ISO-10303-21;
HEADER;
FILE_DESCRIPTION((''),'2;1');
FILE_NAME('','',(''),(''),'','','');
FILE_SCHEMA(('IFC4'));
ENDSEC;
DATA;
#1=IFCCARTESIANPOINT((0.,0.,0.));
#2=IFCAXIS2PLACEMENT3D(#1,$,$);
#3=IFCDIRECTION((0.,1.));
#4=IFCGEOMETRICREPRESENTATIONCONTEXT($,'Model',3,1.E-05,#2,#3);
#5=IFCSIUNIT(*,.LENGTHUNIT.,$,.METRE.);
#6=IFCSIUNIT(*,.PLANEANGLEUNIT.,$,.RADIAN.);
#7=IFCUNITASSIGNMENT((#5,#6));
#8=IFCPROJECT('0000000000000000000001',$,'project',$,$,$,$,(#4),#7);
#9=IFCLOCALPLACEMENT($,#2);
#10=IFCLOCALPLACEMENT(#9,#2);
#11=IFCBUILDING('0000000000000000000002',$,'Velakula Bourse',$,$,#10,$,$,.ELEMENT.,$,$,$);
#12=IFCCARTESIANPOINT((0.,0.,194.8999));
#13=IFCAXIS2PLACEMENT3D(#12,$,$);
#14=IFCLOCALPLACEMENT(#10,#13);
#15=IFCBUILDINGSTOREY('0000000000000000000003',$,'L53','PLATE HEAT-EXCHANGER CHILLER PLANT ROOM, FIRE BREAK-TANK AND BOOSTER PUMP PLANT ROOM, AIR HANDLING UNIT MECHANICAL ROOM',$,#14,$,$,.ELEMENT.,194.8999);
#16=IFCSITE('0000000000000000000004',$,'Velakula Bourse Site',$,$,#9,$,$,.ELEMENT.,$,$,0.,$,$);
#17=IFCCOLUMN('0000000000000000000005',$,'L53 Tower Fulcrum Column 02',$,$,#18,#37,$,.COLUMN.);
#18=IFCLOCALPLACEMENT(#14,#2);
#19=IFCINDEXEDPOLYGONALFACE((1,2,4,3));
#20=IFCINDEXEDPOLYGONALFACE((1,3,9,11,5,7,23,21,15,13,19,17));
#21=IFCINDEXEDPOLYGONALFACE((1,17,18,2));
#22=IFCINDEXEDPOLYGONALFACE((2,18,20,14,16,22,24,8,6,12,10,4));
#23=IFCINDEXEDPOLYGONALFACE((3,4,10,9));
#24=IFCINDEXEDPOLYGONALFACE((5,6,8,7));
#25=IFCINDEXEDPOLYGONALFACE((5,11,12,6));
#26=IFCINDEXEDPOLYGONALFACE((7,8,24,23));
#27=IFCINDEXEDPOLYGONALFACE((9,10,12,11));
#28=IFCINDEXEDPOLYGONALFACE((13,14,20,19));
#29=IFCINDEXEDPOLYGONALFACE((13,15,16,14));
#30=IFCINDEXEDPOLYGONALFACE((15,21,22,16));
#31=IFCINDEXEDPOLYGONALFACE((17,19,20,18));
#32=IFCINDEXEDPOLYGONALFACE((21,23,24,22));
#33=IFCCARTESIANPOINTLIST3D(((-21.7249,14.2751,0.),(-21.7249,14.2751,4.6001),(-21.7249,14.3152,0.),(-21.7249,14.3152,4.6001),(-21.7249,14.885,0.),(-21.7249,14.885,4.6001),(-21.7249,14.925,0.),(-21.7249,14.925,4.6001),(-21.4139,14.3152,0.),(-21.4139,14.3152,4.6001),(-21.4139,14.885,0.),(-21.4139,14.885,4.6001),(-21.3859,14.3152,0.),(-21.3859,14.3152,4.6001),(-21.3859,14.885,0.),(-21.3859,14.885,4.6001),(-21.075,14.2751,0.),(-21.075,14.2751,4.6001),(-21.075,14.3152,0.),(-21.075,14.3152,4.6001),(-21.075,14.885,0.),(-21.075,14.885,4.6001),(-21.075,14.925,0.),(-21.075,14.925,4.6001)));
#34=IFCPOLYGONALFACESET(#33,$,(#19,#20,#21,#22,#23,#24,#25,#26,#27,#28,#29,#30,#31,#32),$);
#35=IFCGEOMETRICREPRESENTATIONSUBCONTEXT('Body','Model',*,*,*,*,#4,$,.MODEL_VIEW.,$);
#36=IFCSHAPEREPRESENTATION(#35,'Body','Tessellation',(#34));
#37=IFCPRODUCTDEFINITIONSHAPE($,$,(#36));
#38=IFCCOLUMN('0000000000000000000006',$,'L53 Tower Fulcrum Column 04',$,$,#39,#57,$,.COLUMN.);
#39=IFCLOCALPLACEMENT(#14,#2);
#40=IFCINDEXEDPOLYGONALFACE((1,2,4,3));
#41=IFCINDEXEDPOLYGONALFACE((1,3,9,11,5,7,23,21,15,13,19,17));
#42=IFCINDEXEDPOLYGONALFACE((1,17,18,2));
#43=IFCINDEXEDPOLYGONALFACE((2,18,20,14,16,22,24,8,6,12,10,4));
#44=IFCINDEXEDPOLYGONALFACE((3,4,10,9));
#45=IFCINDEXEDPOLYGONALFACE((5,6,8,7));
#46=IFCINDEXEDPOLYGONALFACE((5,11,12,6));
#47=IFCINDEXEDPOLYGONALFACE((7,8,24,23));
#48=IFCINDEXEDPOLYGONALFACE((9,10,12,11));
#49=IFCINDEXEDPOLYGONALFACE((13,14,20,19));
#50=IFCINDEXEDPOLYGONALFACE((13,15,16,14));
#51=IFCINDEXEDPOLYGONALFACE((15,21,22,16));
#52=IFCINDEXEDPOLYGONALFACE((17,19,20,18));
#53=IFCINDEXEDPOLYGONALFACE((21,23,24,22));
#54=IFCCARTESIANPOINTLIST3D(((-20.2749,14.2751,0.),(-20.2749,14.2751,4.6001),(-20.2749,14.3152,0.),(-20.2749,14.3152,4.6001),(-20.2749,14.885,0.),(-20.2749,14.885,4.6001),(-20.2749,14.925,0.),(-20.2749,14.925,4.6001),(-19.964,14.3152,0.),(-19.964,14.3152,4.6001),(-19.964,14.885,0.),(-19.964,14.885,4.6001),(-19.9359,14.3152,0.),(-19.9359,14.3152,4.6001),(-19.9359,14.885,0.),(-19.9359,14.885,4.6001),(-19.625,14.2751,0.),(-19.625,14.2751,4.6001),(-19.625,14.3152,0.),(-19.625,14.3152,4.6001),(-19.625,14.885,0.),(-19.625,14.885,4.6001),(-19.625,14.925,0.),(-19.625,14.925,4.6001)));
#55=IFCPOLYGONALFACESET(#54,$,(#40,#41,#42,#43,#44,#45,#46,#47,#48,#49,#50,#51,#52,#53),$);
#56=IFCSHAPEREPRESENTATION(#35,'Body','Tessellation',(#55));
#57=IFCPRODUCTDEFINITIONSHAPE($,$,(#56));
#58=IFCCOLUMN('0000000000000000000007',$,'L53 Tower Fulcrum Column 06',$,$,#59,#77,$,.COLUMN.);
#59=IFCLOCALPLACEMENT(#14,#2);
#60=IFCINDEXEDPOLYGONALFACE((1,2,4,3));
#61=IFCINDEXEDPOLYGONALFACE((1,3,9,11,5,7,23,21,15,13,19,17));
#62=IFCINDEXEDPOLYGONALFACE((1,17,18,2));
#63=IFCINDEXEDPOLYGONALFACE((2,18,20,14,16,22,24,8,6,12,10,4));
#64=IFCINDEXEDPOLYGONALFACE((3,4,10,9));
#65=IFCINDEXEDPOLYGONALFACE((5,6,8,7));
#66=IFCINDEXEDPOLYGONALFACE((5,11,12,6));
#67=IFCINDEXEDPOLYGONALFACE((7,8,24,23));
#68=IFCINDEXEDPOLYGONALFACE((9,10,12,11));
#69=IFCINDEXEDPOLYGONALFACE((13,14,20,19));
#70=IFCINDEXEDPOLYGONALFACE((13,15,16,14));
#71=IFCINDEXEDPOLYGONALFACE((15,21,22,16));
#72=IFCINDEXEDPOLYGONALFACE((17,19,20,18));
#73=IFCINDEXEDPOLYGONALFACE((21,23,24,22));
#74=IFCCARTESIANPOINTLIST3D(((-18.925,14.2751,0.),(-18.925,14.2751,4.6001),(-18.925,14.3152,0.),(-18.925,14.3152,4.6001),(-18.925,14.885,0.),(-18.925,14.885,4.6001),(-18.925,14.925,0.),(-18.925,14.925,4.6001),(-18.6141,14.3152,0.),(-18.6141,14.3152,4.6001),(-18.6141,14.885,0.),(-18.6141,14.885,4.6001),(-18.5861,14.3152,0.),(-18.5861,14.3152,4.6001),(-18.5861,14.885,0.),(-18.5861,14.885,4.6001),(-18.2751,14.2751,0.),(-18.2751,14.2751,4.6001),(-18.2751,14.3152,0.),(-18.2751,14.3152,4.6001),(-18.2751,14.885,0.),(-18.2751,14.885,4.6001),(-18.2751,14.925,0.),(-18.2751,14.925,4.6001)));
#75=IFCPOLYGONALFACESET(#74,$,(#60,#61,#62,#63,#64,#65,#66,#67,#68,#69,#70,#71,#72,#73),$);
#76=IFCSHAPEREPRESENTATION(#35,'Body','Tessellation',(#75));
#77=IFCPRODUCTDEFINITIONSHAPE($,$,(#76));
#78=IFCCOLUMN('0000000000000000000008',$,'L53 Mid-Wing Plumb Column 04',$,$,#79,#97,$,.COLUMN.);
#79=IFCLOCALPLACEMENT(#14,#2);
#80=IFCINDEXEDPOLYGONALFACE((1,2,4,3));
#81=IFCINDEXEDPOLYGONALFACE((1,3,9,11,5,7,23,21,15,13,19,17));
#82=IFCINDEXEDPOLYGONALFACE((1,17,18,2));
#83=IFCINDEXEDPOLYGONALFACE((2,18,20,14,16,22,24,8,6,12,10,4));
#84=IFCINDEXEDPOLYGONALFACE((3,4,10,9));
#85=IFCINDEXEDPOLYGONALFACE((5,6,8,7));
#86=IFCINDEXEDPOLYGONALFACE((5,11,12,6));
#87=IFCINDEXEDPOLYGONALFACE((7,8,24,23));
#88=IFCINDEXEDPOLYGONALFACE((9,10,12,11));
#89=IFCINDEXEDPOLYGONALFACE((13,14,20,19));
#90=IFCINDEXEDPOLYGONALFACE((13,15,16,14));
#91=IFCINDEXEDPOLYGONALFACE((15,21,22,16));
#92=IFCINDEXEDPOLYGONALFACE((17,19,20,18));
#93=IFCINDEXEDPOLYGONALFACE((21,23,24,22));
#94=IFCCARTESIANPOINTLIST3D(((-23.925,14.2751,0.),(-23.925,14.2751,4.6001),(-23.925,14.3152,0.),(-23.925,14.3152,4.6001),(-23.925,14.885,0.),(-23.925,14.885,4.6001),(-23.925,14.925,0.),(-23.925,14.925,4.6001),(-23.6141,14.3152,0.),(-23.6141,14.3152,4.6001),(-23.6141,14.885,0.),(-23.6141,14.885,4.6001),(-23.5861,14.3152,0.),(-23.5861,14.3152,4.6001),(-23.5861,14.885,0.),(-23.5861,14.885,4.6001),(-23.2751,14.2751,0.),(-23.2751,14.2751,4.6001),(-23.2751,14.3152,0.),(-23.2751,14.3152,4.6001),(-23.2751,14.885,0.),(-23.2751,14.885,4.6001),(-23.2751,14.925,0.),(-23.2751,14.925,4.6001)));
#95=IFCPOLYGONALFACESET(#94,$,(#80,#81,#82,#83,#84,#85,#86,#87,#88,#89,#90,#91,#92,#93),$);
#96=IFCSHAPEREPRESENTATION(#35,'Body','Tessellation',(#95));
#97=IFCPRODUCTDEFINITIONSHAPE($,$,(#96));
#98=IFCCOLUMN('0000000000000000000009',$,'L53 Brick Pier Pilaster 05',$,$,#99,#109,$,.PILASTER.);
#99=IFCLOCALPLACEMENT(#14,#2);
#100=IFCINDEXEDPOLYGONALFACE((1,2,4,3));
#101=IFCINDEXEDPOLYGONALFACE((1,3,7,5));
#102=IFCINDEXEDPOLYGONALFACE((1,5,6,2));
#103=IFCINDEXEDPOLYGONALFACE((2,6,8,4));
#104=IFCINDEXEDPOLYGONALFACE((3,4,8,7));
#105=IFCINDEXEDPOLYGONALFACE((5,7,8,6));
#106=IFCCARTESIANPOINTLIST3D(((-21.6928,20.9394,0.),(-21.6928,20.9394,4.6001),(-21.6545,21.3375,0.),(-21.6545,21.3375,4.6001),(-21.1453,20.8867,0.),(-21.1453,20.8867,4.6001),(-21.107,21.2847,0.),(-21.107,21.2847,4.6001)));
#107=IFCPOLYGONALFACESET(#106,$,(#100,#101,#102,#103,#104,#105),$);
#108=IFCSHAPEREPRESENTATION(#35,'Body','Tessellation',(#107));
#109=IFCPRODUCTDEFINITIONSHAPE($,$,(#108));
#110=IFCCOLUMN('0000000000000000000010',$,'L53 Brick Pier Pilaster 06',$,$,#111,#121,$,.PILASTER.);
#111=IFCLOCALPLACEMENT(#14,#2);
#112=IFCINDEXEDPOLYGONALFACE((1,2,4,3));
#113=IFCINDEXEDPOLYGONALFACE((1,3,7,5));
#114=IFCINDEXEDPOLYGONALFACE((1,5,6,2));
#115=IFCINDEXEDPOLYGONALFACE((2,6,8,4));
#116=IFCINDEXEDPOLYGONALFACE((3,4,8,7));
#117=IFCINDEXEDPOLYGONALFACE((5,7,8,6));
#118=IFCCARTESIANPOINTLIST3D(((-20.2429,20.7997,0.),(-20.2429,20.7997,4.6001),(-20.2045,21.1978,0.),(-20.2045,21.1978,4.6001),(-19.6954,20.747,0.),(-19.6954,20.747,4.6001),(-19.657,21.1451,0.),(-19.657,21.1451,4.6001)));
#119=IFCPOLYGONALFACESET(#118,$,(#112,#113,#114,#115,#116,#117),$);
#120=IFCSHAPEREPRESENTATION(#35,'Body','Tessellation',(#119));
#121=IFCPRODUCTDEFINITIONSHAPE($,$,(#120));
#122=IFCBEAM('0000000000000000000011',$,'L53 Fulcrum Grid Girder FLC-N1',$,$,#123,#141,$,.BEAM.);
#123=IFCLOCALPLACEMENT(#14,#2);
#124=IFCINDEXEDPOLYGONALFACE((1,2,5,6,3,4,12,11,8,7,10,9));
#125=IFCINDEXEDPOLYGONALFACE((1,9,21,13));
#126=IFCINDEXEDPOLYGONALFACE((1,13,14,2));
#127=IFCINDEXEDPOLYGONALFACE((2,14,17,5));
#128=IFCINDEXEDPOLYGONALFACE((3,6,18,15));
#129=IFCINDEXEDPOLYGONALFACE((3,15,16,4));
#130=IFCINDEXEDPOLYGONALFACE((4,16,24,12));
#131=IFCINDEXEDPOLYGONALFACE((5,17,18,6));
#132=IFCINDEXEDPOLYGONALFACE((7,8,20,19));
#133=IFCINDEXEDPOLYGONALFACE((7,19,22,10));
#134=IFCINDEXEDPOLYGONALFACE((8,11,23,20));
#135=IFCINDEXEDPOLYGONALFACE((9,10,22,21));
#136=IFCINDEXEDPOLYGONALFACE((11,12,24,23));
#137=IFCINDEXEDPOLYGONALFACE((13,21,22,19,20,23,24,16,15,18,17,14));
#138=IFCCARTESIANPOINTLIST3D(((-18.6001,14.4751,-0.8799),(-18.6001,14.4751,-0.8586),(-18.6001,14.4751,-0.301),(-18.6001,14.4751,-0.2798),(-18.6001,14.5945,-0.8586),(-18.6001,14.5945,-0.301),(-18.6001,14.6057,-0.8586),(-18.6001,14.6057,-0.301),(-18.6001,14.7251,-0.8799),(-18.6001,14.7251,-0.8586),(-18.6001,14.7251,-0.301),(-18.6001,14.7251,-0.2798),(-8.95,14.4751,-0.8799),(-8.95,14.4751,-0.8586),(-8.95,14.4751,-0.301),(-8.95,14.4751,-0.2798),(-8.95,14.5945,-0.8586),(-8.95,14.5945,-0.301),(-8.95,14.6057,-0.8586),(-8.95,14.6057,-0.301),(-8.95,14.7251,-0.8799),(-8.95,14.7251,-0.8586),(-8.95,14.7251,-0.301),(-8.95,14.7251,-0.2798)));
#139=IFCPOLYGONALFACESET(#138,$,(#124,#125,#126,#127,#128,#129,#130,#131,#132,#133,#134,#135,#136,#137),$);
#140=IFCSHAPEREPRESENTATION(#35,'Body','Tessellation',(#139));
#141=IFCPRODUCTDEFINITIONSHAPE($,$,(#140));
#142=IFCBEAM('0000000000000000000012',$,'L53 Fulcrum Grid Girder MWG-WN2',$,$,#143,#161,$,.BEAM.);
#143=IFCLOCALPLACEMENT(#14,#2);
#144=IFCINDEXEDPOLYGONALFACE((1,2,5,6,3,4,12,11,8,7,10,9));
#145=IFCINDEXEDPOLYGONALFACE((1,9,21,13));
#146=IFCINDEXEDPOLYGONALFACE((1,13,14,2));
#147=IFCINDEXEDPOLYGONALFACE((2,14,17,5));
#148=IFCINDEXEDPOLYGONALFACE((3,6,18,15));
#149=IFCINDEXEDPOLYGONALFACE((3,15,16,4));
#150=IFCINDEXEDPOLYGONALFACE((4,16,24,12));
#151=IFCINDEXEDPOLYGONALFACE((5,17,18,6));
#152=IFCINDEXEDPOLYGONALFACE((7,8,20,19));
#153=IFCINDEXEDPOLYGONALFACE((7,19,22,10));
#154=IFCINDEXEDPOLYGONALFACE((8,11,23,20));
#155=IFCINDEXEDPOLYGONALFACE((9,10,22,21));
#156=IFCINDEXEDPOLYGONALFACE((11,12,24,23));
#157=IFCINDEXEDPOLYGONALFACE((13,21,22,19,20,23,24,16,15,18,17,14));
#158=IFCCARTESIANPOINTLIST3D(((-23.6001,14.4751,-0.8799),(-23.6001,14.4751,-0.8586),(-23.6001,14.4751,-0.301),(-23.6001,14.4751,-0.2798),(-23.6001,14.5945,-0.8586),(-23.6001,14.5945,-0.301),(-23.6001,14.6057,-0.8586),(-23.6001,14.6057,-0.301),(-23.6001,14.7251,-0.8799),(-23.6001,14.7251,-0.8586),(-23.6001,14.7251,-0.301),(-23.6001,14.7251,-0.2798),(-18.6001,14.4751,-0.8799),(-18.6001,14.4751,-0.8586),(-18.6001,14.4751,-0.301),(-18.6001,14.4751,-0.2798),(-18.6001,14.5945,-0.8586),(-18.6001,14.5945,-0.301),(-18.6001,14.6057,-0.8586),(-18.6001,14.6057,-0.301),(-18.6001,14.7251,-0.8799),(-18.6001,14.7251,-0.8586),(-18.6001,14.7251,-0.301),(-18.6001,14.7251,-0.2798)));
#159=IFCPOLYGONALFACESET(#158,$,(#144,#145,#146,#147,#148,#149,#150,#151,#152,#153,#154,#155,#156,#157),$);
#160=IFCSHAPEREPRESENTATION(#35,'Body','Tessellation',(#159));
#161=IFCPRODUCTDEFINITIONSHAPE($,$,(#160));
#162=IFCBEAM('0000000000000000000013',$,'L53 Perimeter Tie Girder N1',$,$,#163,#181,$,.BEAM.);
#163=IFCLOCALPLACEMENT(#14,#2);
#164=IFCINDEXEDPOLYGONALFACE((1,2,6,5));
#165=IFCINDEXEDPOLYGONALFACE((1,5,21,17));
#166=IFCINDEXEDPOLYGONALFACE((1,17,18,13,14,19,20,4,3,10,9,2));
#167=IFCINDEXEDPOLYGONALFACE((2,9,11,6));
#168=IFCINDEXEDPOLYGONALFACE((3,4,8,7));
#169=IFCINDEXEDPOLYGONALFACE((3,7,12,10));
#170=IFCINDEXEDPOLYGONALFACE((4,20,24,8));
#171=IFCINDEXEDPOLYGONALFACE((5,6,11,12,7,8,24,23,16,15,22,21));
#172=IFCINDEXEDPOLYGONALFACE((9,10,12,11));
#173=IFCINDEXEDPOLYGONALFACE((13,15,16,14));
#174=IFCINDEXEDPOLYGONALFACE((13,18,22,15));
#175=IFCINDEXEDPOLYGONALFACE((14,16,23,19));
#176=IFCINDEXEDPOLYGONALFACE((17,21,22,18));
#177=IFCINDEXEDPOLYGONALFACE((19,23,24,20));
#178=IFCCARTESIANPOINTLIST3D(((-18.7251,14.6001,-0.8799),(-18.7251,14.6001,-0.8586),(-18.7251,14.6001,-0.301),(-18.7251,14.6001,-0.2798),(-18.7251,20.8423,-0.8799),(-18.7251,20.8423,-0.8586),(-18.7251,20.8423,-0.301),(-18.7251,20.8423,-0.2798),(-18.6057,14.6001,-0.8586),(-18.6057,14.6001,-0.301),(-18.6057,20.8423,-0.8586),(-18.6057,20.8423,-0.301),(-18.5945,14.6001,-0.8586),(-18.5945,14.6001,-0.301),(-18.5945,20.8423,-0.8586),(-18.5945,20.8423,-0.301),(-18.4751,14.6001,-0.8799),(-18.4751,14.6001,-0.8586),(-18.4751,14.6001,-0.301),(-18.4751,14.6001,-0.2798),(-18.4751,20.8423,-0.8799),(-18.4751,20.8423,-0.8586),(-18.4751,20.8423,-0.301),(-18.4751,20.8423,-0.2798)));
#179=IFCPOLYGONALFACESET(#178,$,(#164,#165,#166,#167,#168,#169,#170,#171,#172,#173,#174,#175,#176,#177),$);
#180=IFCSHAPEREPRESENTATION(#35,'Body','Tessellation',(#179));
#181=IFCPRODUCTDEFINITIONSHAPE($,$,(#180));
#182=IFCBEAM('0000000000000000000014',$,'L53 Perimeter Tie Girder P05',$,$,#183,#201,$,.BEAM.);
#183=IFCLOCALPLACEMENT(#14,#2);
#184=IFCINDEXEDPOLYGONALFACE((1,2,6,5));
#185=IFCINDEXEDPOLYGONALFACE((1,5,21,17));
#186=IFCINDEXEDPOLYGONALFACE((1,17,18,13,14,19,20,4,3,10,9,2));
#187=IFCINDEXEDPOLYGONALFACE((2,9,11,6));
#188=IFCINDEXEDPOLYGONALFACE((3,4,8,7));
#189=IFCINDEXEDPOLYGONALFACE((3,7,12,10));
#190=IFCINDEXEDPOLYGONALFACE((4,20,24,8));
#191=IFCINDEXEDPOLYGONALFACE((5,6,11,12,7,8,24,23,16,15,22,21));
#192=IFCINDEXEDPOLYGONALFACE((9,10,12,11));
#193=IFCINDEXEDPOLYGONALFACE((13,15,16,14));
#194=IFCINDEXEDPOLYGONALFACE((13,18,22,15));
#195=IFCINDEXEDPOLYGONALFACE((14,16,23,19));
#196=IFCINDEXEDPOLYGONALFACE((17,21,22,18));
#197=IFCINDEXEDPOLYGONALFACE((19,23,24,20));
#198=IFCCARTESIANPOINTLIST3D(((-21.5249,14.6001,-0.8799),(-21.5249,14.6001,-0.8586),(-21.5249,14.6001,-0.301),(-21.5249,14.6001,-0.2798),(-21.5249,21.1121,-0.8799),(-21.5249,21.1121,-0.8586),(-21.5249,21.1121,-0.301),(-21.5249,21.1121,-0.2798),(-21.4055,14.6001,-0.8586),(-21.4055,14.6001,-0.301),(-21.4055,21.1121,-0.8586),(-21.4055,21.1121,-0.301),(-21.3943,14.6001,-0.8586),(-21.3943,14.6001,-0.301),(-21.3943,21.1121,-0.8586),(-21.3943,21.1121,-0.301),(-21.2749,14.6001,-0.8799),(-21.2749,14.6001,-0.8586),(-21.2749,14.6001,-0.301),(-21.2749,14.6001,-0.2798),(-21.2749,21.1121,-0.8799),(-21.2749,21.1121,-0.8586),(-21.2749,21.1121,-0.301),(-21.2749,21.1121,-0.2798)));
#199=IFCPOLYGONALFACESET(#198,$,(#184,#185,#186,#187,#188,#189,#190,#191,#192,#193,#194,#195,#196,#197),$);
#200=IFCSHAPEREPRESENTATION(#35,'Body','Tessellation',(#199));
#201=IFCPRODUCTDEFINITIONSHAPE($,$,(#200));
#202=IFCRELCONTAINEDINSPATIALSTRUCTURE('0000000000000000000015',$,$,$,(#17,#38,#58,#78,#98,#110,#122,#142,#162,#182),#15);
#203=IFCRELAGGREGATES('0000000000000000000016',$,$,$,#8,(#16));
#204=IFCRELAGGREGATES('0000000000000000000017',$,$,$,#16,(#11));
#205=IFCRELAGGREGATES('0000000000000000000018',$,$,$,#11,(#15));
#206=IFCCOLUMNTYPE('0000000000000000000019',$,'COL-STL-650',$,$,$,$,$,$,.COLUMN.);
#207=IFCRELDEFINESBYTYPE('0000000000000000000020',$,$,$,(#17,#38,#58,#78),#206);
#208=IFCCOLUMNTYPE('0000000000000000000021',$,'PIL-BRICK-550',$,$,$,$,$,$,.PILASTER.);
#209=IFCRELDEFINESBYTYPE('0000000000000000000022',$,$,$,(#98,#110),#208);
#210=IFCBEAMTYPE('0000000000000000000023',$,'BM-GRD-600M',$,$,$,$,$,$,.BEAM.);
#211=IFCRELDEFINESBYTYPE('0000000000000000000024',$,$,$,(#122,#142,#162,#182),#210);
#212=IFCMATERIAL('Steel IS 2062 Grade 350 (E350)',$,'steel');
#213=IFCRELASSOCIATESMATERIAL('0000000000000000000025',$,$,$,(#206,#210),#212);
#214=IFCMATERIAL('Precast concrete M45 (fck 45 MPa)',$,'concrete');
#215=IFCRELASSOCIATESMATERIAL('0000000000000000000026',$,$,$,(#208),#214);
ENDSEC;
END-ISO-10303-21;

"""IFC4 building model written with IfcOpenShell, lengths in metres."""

from ifc_helpers import new_model, si_unit, direction, frame, origin, origin_2d, place, context, subcontext, project, spatial, rectangle, i_section, extrude, material, material_profile, profile_set, type_object, element, save


model = new_model("IFC4")

# Units and contexts
model_context = context("Model", 3, precision=1e-05, world=origin(), true_north=direction((0.0, 1.0)))
body_context = subcontext(model_context, "Body", "Model", "MODEL_VIEW")
ifc_project = project(units=[si_unit("LENGTHUNIT", "METRE"), si_unit("PLANEANGLEUNIT", "RADIAN")], contexts=[model_context])

# Site, building, storey
site_placement = place(None, origin())
site = spatial("IfcSite", under=ifc_project, at=site_placement, Name="Velakula Bourse Site", CompositionType="ELEMENT", RefElevation=0.0)
building_placement = place(site_placement, origin())
building = spatial("IfcBuilding", under=site, at=building_placement, Name="Velakula Bourse", CompositionType="ELEMENT")
storey_placement = place(building_placement, frame((0.0, 0.0, 194.8999)))
storey = spatial("IfcBuildingStorey", under=building, at=storey_placement, Name="L53", Description="PLATE HEAT-EXCHANGER CHILLER PLANT ROOM, FIRE BREAK-TANK AND BOOSTER PUMP PLANT ROOM, AIR HANDLING UNIT MECHANICAL ROOM", CompositionType="ELEMENT", Elevation=194.8999)

# Columns
ifc_material_1 = material(Name="Steel IS 2062 Grade 350 (E350)", Category="steel")
ifc_material_profile_1 = material_profile(ifc_material_1, i_section(OverallWidth=0.6499, OverallDepth=0.6499, WebThickness=0.0281, FlangeThickness=0.04, at=origin_2d()), Name="Steel IS 2062 Grade 350 (E350)")
ifc_profile_set_1 = profile_set([ifc_material_profile_1], Name="Steel IS 2062 Grade 350 (E350)")
column_type_1 = type_object("IfcColumnType", Name="COL-STL-650", PredefinedType="COLUMN", material=ifc_profile_set_1)
for number, where, z_axis, x_axis, name in (
    (1, (-21.3999, 14.6001, 0.0), (0.0, 0.0, 1.0), (1.0, 0.0, 0.0), "L53 Tower Fulcrum Column 02"),
    (2, (-19.95, 14.6001, 0.0), (0.0, 0.0, 1.0), (1.0, 0.0, 0.0), "L53 Tower Fulcrum Column 04"),
    (3, (-18.6001, 14.6001, 0.0), (0.0, 0.0, 1.0), (1.0, 0.0, 0.0), "L53 Tower Fulcrum Column 06"),
    (4, (-23.6001, 14.6001, 0.0), (0.0, 0.0, 1.0), (1.0, 0.0, 0.0), "L53 Mid-Wing Plumb Column 04"),
):
    element("IfcColumn", number, at=place(storey_placement, frame(where, z_axis=z_axis, x_axis=x_axis)), inside=storey, type_object=column_type_1, Name=name, PredefinedType="COLUMN", context=body_context, shape_type="SweptSolid", body=[
        extrude(i_section(OverallWidth=0.6499, OverallDepth=0.6499, WebThickness=0.0281, FlangeThickness=0.04, at=origin_2d()), origin(), (0.0, 0.0, 1.0), 4.6001),
    ])
ifc_material_2 = material(Name="Precast concrete M45 (fck 45 MPa)", Category="concrete")
ifc_material_profile_2 = material_profile(ifc_material_2, rectangle(XDim=0.55, YDim=0.3999, at=origin_2d()), Name="Precast concrete M45 (fck 45 MPa)")
ifc_profile_set_2 = profile_set([ifc_material_profile_2], Name="Precast concrete M45 (fck 45 MPa)")
column_type_2 = type_object("IfcColumnType", Name="PIL-BRICK-550", PredefinedType="PILASTER", material=ifc_profile_set_2)
for number, where, z_axis, x_axis, name in (
    (5, (-21.3999, 21.1121, 0.0), (0.0, 0.0, 1.0), (0.995396, -0.095846, 0.0), "L53 Brick Pier Pilaster 05"),
    (6, (-19.95, 20.9724, 0.0), (0.0, 0.0, 1.0), (0.995396, -0.095846, 0.0), "L53 Brick Pier Pilaster 06"),
):
    element("IfcColumn", number, at=place(storey_placement, frame(where, z_axis=z_axis, x_axis=x_axis)), inside=storey, type_object=column_type_2, Name=name, PredefinedType="PILASTER", context=body_context, shape_type="SweptSolid", body=[
        extrude(rectangle(XDim=0.55, YDim=0.3999, at=origin_2d()), origin(), (0.0, 0.0, 1.0), 4.6001),
    ])

# Beams
ifc_material_profile_3 = material_profile(ifc_material_1, i_section(OverallWidth=0.25, OverallDepth=0.6001, WebThickness=0.0112, FlangeThickness=0.0212, at=origin_2d()), Name="Steel IS 2062 Grade 350 (E350)")
ifc_profile_set_3 = profile_set([ifc_material_profile_3], Name="Steel IS 2062 Grade 350 (E350)")
beam_type_1 = type_object("IfcBeamType", Name="BM-GRD-600M", PredefinedType="BEAM", material=ifc_profile_set_3)
beam_1_placement = place(storey_placement, frame((-18.6001, 14.6001, -0.5798), z_axis=(1.0, 0.0, 0.0), x_axis=(0.0, 1.0, 0.0)))
element("IfcBeam", 7, at=beam_1_placement, inside=storey, type_object=beam_type_1, Name="L53 Fulcrum Grid Girder FLC-N1", PredefinedType="BEAM", context=body_context, shape_type="SweptSolid", body=[
    extrude(i_section(OverallWidth=0.25, OverallDepth=0.6001, WebThickness=0.0112, FlangeThickness=0.0212, at=origin_2d()), origin(), (0.0, 0.0, 1.0), 9.6501),
])
beam_2_placement = place(storey_placement, frame((-23.6001, 14.6001, -0.5798), z_axis=(1.0, 0.0, 0.0), x_axis=(0.0, 1.0, 0.0)))
element("IfcBeam", 8, at=beam_2_placement, inside=storey, type_object=beam_type_1, Name="L53 Fulcrum Grid Girder MWG-WN2", PredefinedType="BEAM", context=body_context, shape_type="SweptSolid", body=[
    extrude(i_section(OverallWidth=0.25, OverallDepth=0.6001, WebThickness=0.0112, FlangeThickness=0.0212, at=origin_2d()), origin(), (0.0, 0.0, 1.0), 5.0),
])
beam_3_placement = place(storey_placement, frame((-18.6001, 14.6001, -0.5798), z_axis=(0.0, 1.0, 0.0), x_axis=(-1.0, 0.0, 0.0)))
element("IfcBeam", 9, at=beam_3_placement, inside=storey, type_object=beam_type_1, Name="L53 Perimeter Tie Girder N1", PredefinedType="BEAM", context=body_context, shape_type="SweptSolid", body=[
    extrude(i_section(OverallWidth=0.25, OverallDepth=0.6001, WebThickness=0.0112, FlangeThickness=0.0212, at=origin_2d()), origin(), (0.0, 0.0, 1.0), 6.2422),
])
beam_4_placement = place(storey_placement, frame((-21.3999, 14.6001, -0.5798), z_axis=(0.0, 1.0, 0.0), x_axis=(-1.0, 0.0, 0.0)))
element("IfcBeam", 10, at=beam_4_placement, inside=storey, type_object=beam_type_1, Name="L53 Perimeter Tie Girder P05", PredefinedType="BEAM", context=body_context, shape_type="SweptSolid", body=[
    extrude(i_section(OverallWidth=0.25, OverallDepth=0.6001, WebThickness=0.0112, FlangeThickness=0.0212, at=origin_2d()), origin(), (0.0, 0.0, 1.0), 6.512),
])

save(model, "model.ifc")
